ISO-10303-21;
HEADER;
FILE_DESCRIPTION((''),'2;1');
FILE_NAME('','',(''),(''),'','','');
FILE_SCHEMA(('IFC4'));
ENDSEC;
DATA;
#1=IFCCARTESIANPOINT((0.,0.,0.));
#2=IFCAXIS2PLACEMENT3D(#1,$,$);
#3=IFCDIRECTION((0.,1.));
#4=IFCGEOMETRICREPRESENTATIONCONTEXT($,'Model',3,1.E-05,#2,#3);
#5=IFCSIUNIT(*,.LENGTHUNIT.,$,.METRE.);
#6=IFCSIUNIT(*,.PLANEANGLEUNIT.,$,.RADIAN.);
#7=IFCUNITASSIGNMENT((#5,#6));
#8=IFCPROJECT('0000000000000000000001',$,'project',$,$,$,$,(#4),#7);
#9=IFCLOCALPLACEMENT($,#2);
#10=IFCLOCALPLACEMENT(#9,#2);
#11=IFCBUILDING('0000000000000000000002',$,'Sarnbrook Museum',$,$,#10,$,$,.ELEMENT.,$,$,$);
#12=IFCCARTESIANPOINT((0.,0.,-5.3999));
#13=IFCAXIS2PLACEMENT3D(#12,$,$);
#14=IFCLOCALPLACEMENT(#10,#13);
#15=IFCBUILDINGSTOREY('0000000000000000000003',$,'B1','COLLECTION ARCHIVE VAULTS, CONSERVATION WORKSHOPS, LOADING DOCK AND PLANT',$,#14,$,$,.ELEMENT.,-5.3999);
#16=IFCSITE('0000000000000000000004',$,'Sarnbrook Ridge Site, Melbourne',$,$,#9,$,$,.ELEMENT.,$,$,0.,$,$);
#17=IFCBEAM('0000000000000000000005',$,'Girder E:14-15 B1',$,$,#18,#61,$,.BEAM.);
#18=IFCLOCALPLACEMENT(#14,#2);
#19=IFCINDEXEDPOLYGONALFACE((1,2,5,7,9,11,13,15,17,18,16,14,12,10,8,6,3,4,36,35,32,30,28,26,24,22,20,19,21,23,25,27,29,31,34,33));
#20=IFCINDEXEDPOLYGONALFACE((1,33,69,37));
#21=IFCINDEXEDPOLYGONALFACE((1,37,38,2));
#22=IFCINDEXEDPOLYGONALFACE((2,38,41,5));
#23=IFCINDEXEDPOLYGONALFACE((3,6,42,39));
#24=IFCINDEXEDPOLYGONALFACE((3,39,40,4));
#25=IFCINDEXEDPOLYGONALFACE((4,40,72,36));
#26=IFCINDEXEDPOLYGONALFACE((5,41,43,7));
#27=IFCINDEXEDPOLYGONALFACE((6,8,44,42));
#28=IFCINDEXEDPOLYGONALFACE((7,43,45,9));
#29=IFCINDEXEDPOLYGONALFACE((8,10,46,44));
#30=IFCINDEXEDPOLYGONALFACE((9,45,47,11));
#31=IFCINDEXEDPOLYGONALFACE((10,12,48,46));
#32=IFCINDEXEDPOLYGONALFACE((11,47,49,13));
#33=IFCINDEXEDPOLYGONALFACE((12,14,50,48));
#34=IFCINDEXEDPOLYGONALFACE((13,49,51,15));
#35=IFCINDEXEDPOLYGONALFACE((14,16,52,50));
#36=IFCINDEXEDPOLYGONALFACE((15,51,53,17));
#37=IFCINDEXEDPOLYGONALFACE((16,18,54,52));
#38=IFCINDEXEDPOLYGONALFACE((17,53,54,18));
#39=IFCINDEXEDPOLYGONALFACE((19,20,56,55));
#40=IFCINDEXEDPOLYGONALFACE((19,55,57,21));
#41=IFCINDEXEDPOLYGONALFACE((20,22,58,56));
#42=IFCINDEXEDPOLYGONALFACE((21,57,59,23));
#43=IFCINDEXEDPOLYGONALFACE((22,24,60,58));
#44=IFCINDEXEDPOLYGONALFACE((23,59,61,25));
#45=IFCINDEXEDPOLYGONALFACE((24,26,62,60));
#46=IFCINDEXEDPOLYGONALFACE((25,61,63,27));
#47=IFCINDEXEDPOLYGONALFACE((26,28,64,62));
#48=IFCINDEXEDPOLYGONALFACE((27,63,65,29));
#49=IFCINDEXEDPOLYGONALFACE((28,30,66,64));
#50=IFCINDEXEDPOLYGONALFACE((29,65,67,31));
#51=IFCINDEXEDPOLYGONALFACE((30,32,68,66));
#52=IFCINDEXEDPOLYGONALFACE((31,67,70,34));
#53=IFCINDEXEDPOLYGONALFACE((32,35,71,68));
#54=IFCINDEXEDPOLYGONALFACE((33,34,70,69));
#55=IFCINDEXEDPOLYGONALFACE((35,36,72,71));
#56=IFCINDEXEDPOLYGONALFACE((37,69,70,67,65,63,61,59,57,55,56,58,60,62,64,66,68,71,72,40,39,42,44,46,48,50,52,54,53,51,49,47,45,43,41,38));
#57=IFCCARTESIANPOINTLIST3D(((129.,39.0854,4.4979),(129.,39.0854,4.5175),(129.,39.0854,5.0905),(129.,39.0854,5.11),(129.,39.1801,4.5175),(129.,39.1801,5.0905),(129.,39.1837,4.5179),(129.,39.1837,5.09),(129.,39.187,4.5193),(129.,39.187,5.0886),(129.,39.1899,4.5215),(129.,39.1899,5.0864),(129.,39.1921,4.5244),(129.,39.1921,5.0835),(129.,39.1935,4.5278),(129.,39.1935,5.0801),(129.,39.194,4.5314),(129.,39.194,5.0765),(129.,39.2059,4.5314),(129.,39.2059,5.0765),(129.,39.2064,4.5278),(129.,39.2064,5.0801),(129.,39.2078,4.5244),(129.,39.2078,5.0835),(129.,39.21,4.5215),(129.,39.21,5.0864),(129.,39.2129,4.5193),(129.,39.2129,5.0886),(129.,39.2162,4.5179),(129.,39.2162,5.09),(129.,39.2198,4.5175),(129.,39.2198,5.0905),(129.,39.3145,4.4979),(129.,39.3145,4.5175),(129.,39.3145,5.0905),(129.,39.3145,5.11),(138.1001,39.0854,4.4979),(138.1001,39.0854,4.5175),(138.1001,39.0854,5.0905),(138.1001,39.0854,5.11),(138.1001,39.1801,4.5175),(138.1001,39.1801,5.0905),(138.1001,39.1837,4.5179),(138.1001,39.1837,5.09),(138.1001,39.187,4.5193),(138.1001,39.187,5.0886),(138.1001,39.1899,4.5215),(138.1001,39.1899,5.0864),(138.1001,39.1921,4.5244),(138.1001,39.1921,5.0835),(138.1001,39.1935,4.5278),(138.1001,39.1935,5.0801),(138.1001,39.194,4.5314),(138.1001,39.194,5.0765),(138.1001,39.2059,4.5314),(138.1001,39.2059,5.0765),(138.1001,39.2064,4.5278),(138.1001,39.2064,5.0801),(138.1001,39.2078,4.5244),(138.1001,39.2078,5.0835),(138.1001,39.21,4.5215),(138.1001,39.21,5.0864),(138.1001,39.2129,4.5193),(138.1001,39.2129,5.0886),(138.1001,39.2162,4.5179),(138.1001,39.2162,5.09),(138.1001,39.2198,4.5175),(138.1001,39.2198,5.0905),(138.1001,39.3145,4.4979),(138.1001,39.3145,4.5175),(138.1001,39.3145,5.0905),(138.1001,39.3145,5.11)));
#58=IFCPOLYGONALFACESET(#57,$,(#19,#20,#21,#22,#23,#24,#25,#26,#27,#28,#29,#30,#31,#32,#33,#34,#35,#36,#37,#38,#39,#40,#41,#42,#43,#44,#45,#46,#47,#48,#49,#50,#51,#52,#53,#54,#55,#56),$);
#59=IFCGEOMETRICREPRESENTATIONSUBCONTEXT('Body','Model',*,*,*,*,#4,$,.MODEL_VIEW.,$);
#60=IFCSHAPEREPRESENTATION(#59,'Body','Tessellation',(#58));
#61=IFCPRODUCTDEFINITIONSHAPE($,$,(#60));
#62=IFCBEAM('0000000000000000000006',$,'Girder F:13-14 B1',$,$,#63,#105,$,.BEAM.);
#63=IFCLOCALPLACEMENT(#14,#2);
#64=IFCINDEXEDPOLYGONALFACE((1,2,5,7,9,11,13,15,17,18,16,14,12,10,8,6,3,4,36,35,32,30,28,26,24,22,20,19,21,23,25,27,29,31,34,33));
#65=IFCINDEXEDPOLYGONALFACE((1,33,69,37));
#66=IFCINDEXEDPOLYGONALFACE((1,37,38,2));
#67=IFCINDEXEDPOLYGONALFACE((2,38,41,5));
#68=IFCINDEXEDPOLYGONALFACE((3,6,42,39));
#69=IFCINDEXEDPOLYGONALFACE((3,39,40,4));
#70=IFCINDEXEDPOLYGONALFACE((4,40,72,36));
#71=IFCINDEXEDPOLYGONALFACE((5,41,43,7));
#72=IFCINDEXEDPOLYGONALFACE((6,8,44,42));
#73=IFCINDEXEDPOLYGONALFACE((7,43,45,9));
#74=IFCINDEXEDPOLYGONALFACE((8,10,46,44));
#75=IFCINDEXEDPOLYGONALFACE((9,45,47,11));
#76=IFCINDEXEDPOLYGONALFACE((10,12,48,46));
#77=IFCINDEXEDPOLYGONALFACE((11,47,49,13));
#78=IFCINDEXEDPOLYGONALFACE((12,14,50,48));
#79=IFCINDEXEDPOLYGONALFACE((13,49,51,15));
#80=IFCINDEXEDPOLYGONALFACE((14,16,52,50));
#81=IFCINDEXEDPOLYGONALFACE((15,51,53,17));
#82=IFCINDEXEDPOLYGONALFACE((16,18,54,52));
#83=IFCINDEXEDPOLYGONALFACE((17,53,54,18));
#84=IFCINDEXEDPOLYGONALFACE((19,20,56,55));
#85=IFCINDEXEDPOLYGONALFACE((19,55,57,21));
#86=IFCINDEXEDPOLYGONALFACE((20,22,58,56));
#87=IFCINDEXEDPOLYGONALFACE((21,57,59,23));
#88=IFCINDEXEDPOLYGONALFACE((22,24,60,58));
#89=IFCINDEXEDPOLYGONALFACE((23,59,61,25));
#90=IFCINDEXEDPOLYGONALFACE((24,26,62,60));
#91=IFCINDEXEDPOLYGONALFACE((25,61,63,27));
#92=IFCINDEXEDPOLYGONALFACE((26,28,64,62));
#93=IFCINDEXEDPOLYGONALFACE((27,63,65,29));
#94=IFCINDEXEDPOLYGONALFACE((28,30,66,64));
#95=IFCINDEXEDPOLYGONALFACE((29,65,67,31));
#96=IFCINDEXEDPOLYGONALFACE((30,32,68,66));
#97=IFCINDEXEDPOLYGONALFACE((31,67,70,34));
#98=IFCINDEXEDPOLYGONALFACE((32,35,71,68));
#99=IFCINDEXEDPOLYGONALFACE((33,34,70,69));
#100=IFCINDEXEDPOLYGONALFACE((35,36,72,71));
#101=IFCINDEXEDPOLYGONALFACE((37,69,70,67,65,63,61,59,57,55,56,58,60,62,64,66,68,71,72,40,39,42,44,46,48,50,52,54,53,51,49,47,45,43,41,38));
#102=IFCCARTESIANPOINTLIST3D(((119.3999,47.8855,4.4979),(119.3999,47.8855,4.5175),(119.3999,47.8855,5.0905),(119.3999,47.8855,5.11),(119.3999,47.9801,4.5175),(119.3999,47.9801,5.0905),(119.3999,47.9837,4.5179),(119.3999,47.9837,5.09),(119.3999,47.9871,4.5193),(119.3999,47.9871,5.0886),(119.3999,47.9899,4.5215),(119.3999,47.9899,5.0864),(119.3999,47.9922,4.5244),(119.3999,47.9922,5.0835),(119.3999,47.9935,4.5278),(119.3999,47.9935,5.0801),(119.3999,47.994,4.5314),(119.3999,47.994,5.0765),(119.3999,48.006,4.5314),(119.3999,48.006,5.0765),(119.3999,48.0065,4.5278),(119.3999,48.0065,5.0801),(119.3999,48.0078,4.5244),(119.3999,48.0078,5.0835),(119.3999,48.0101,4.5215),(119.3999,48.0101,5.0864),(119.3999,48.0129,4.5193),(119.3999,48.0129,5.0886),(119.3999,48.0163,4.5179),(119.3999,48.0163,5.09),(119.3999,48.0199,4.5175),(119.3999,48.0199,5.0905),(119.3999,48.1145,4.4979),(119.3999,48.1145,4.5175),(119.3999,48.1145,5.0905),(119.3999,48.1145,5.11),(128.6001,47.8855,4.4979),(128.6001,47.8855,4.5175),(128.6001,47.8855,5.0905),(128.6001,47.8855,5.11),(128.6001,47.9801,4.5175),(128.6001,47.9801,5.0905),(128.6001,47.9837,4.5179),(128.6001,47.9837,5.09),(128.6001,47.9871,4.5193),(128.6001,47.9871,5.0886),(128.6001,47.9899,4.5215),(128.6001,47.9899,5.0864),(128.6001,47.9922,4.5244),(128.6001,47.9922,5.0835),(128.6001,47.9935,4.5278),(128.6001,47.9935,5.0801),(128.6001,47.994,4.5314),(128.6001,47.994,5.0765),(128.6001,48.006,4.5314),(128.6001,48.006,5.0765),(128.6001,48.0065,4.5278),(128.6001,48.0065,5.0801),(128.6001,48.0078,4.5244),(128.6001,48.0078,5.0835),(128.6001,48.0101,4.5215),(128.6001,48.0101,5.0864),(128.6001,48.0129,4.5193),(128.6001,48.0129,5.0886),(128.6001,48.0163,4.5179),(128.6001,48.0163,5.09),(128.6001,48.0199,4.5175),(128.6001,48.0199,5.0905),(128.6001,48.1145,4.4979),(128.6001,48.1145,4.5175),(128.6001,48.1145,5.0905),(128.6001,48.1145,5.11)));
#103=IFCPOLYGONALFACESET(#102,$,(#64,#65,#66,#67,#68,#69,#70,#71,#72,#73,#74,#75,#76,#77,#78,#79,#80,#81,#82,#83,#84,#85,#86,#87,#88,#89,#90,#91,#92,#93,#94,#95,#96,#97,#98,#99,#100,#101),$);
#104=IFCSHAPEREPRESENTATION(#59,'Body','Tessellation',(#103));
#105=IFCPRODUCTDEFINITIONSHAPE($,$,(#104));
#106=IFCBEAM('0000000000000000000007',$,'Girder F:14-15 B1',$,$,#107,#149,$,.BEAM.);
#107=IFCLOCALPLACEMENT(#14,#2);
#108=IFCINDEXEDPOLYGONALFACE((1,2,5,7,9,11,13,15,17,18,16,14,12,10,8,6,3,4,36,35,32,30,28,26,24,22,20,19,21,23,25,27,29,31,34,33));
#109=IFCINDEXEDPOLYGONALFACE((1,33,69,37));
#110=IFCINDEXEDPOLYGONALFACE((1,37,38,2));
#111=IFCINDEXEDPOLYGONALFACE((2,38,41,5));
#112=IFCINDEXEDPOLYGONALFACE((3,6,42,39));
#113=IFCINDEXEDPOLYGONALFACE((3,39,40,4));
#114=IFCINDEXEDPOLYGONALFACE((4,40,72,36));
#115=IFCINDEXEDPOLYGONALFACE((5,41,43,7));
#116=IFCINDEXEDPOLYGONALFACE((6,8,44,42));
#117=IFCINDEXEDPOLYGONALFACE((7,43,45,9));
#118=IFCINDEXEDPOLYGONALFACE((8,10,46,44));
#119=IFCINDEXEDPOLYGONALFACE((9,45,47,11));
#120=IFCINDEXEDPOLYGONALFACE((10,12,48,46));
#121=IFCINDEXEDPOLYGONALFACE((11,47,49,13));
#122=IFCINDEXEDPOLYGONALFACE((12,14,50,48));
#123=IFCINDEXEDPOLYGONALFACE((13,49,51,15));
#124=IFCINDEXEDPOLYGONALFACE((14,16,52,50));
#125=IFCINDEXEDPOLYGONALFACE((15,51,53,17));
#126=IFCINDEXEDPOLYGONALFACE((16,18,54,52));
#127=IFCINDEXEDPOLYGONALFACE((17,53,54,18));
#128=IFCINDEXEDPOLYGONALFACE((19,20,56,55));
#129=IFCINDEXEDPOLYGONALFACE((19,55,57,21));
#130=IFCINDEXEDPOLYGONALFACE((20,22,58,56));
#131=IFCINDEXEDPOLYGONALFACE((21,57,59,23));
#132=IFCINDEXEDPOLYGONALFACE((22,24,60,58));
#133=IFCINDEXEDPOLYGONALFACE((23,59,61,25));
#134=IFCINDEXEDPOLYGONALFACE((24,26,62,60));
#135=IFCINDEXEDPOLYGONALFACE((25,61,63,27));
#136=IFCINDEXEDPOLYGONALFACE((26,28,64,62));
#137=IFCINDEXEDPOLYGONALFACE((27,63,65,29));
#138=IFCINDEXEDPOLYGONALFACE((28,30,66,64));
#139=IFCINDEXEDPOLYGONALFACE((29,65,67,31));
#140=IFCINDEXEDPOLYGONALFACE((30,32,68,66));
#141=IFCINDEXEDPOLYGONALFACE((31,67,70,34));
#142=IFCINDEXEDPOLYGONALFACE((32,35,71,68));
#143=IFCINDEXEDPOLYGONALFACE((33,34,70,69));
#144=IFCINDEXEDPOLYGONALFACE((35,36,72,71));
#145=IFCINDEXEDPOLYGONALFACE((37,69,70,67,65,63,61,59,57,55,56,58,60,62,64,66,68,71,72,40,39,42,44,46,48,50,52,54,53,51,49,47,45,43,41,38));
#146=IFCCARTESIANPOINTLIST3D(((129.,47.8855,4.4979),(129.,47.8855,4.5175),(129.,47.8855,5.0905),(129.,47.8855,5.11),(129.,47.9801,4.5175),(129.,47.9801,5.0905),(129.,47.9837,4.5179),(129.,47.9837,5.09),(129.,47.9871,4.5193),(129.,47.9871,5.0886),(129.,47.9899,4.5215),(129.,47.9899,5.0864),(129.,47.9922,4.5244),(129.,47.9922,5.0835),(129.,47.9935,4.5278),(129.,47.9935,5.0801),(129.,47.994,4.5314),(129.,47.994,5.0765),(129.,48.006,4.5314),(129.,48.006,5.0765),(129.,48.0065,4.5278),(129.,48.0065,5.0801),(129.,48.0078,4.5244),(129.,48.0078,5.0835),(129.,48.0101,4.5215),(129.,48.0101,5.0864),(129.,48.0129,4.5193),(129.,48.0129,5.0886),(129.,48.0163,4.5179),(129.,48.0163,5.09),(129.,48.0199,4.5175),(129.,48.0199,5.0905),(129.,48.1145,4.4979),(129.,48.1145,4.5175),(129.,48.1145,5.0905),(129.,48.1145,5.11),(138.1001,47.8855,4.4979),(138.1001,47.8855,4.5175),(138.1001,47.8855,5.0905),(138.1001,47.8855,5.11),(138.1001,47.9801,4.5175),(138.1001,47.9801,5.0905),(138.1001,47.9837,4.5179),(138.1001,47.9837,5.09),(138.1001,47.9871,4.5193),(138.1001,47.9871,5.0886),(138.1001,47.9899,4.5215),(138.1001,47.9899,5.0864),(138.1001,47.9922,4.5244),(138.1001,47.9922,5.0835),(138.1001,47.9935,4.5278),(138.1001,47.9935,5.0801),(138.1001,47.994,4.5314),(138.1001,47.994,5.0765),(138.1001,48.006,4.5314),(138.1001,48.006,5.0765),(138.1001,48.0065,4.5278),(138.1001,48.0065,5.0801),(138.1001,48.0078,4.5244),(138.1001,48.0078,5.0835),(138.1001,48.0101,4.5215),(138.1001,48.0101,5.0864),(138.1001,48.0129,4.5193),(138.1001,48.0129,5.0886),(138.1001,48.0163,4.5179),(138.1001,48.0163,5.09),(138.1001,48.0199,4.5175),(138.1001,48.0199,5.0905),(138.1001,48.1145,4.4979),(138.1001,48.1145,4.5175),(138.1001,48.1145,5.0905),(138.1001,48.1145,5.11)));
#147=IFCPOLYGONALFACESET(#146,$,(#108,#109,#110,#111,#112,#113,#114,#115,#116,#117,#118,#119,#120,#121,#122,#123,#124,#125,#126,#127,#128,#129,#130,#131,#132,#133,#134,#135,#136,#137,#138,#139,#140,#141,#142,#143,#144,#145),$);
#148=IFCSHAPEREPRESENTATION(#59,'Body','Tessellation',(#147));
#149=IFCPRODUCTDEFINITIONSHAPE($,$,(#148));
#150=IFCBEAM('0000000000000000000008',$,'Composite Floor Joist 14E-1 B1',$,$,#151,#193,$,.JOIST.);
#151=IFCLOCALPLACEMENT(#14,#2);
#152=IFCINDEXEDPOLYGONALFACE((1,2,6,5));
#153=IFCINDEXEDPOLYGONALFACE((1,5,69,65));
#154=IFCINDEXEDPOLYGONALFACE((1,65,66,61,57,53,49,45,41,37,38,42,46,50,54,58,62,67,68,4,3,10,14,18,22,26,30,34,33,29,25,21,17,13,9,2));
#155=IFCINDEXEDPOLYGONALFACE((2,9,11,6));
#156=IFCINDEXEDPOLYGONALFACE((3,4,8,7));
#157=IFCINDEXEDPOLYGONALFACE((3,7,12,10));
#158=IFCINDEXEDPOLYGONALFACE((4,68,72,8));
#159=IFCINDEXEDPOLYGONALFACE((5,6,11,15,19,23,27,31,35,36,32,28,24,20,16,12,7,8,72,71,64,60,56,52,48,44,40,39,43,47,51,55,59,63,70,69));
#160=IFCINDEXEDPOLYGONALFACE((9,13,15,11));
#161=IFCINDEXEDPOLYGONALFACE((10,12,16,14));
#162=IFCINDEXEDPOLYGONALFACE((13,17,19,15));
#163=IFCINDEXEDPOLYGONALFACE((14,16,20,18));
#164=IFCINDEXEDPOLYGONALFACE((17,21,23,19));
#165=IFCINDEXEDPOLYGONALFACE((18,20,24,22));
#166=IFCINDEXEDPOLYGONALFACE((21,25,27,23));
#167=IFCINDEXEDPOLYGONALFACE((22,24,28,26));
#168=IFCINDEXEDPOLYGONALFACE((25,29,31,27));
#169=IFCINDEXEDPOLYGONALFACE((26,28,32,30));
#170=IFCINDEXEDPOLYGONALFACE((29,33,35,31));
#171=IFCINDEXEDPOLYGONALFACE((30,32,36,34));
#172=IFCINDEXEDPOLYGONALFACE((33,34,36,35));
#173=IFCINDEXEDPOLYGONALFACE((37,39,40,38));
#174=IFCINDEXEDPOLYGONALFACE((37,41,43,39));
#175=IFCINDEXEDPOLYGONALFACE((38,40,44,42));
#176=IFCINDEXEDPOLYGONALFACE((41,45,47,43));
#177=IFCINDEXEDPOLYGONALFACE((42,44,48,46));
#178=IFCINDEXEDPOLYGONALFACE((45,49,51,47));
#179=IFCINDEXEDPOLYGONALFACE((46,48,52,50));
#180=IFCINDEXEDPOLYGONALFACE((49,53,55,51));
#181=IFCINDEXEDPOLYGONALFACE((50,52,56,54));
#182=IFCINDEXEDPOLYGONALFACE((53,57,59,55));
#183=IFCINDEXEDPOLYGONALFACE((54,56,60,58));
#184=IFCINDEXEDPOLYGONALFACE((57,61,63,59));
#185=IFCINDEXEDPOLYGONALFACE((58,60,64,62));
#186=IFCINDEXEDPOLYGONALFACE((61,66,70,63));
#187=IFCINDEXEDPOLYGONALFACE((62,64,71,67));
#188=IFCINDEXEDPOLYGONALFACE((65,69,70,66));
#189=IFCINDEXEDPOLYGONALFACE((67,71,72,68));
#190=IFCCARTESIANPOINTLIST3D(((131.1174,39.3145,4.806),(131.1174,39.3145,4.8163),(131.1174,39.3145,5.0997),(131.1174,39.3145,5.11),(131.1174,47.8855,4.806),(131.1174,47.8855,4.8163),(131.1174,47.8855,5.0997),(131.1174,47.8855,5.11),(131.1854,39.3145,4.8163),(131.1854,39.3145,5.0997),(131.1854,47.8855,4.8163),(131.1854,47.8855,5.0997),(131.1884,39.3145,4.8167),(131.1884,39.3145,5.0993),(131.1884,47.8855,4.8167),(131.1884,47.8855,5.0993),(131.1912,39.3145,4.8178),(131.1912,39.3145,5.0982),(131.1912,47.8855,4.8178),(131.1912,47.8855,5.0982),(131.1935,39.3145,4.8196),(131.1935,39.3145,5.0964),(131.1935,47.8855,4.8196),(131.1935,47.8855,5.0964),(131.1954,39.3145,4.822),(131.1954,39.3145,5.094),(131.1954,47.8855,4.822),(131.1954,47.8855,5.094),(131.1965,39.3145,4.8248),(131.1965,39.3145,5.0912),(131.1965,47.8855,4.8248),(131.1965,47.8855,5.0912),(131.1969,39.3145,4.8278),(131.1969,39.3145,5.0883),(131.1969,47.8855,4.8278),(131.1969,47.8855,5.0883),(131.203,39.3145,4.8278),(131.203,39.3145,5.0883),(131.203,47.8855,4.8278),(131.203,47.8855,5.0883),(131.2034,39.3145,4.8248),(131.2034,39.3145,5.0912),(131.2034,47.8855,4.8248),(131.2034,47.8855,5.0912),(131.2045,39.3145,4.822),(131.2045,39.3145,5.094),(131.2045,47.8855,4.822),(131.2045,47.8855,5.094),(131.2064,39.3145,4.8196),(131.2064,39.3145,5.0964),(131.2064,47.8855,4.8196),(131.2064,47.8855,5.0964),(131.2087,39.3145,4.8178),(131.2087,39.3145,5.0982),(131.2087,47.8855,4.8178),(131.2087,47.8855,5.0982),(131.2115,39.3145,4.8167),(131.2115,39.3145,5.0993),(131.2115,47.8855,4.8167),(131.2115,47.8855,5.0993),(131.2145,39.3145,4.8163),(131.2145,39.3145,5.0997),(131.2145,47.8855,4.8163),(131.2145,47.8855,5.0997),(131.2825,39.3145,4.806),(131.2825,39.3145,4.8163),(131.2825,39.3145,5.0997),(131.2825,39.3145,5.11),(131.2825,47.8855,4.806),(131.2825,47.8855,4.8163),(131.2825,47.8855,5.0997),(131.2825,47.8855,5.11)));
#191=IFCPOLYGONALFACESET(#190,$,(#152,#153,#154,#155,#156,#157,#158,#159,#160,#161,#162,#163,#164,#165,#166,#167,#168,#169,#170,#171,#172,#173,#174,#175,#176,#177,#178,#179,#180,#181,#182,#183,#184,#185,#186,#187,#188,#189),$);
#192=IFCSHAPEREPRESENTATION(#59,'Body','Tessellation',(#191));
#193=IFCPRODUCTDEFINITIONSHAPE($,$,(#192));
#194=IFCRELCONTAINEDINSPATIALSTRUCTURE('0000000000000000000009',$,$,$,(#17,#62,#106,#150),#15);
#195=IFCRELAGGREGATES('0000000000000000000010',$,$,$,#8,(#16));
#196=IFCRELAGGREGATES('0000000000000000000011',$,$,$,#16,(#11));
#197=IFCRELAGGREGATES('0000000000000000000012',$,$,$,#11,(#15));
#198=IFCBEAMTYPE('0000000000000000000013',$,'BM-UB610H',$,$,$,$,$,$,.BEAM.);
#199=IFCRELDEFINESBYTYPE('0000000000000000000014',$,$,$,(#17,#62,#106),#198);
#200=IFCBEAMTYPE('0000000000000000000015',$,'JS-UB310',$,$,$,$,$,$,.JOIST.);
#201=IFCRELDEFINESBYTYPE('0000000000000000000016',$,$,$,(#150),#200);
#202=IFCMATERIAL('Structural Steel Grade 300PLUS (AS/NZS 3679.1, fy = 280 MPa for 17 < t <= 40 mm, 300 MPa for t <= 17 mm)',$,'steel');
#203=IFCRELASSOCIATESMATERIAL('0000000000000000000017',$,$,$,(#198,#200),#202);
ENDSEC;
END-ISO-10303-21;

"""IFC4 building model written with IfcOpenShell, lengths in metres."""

from ifc_helpers import new_model, si_unit, direction, frame, origin, origin_2d, place, context, subcontext, project, spatial, i_section, extrude, material, material_profile, profile_set, type_object, element, save


model = new_model("IFC4")

# Units and contexts
model_context = context("Model", 3, precision=1e-05, world=origin(), true_north=direction((0.0, 1.0)))
body_context = subcontext(model_context, "Body", "Model", "MODEL_VIEW")
ifc_project = project(units=[si_unit("LENGTHUNIT", "METRE"), si_unit("PLANEANGLEUNIT", "RADIAN")], contexts=[model_context])

# Site, building, storey
site_placement = place(None, origin())
site = spatial("IfcSite", under=ifc_project, at=site_placement, Name="Sarnbrook Ridge Site, Melbourne", CompositionType="ELEMENT", RefElevation=0.0)
building_placement = place(site_placement, origin())
building = spatial("IfcBuilding", under=site, at=building_placement, Name="Sarnbrook Museum", CompositionType="ELEMENT")
storey_placement = place(building_placement, frame((0.0, 0.0, -5.3999)))
storey = spatial("IfcBuildingStorey", under=building, at=storey_placement, Name="B1", Description="COLLECTION ARCHIVE VAULTS, CONSERVATION WORKSHOPS, LOADING DOCK AND PLANT", CompositionType="ELEMENT", Elevation=-5.3999)

# Beams
ifc_material_1 = material(Name="Structural Steel Grade 300PLUS (AS/NZS 3679.1, fy = 280 MPa for 17 < t <= 40 mm, 300 MPa for t <= 17 mm)", Category="steel")
ifc_material_profile_1 = material_profile(ifc_material_1, i_section(OverallWidth=0.229, OverallDepth=0.6121, WebThickness=0.012, FlangeThickness=0.0195, FilletRadius=0.0139, at=origin_2d()), Name="610UB125")
ifc_profile_set_1 = profile_set([ifc_material_profile_1], Name="Structural Steel Grade 300PLUS (AS/NZS 3679.1, fy = 280 MPa for 17 < t <= 40 mm, 300 MPa for t <= 17 mm)")
beam_type_1 = type_object("IfcBeamType", Name="BM-UB610H", PredefinedType="BEAM", material=ifc_profile_set_1)
beam_1_placement = place(storey_placement, frame((129.0, 39.2, 4.804), z_axis=(1.0, 0.0, 0.0), x_axis=(0.0, 1.0, 0.0)))
element("IfcBeam", 1, at=beam_1_placement, inside=storey, type_object=beam_type_1, Name="Girder E:14-15 B1", PredefinedType="BEAM", context=body_context, shape_type="SweptSolid", body=[
    extrude(i_section(OverallWidth=0.229, OverallDepth=0.6121, WebThickness=0.012, FlangeThickness=0.0195, FilletRadius=0.0139, at=origin_2d()), origin(), (0.0, 0.0, 1.0), 9.1001),
])
beam_2_placement = place(storey_placement, frame((119.3999, 48.0, 4.804), z_axis=(1.0, 0.0, 0.0), x_axis=(0.0, 1.0, 0.0)))
element("IfcBeam", 2, at=beam_2_placement, inside=storey, type_object=beam_type_1, Name="Girder F:13-14 B1", PredefinedType="BEAM", context=body_context, shape_type="SweptSolid", body=[
    extrude(i_section(OverallWidth=0.229, OverallDepth=0.6121, WebThickness=0.012, FlangeThickness=0.0195, FilletRadius=0.0139, at=origin_2d()), origin(), (0.0, 0.0, 1.0), 9.2002),
])
beam_3_placement = place(storey_placement, frame((129.0, 48.0, 4.804), z_axis=(1.0, 0.0, 0.0), x_axis=(0.0, 1.0, 0.0)))
element("IfcBeam", 3, at=beam_3_placement, inside=storey, type_object=beam_type_1, Name="Girder F:14-15 B1", PredefinedType="BEAM", context=body_context, shape_type="SweptSolid", body=[
    extrude(i_section(OverallWidth=0.229, OverallDepth=0.6121, WebThickness=0.012, FlangeThickness=0.0195, FilletRadius=0.0139, at=origin_2d()), origin(), (0.0, 0.0, 1.0), 9.1001),
])
ifc_material_profile_2 = material_profile(ifc_material_1, i_section(OverallWidth=0.165, OverallDepth=0.304, WebThickness=0.0061, FlangeThickness=0.0103, FilletRadius=0.0115, at=origin_2d()), Name="310UB40.4")
ifc_profile_set_2 = profile_set([ifc_material_profile_2], Name="Structural Steel Grade 300PLUS (AS/NZS 3679.1, fy = 280 MPa for 17 < t <= 40 mm, 300 MPa for t <= 17 mm)")
beam_type_2 = type_object("IfcBeamType", Name="JS-UB310", PredefinedType="JOIST", material=ifc_profile_set_2)
for number, where, z_axis, x_axis, name in (
    (4, (131.2, 39.3145, 4.958), (0.0, 1.0, 0.0), (-1.0, 0.0, 0.0), "Composite Floor Joist 14E-1 B1"),
):
    element("IfcBeam", number, at=place(storey_placement, frame(where, z_axis=z_axis, x_axis=x_axis)), inside=storey, type_object=beam_type_2, Name=name, PredefinedType="JOIST", context=body_context, shape_type="SweptSolid", body=[
        extrude(i_section(OverallWidth=0.165, OverallDepth=0.304, WebThickness=0.0061, FlangeThickness=0.0103, FilletRadius=0.0115, at=origin_2d()), origin(), (0.0, 0.0, 1.0), 8.571),
    ])

save(model, "model.ifc")
